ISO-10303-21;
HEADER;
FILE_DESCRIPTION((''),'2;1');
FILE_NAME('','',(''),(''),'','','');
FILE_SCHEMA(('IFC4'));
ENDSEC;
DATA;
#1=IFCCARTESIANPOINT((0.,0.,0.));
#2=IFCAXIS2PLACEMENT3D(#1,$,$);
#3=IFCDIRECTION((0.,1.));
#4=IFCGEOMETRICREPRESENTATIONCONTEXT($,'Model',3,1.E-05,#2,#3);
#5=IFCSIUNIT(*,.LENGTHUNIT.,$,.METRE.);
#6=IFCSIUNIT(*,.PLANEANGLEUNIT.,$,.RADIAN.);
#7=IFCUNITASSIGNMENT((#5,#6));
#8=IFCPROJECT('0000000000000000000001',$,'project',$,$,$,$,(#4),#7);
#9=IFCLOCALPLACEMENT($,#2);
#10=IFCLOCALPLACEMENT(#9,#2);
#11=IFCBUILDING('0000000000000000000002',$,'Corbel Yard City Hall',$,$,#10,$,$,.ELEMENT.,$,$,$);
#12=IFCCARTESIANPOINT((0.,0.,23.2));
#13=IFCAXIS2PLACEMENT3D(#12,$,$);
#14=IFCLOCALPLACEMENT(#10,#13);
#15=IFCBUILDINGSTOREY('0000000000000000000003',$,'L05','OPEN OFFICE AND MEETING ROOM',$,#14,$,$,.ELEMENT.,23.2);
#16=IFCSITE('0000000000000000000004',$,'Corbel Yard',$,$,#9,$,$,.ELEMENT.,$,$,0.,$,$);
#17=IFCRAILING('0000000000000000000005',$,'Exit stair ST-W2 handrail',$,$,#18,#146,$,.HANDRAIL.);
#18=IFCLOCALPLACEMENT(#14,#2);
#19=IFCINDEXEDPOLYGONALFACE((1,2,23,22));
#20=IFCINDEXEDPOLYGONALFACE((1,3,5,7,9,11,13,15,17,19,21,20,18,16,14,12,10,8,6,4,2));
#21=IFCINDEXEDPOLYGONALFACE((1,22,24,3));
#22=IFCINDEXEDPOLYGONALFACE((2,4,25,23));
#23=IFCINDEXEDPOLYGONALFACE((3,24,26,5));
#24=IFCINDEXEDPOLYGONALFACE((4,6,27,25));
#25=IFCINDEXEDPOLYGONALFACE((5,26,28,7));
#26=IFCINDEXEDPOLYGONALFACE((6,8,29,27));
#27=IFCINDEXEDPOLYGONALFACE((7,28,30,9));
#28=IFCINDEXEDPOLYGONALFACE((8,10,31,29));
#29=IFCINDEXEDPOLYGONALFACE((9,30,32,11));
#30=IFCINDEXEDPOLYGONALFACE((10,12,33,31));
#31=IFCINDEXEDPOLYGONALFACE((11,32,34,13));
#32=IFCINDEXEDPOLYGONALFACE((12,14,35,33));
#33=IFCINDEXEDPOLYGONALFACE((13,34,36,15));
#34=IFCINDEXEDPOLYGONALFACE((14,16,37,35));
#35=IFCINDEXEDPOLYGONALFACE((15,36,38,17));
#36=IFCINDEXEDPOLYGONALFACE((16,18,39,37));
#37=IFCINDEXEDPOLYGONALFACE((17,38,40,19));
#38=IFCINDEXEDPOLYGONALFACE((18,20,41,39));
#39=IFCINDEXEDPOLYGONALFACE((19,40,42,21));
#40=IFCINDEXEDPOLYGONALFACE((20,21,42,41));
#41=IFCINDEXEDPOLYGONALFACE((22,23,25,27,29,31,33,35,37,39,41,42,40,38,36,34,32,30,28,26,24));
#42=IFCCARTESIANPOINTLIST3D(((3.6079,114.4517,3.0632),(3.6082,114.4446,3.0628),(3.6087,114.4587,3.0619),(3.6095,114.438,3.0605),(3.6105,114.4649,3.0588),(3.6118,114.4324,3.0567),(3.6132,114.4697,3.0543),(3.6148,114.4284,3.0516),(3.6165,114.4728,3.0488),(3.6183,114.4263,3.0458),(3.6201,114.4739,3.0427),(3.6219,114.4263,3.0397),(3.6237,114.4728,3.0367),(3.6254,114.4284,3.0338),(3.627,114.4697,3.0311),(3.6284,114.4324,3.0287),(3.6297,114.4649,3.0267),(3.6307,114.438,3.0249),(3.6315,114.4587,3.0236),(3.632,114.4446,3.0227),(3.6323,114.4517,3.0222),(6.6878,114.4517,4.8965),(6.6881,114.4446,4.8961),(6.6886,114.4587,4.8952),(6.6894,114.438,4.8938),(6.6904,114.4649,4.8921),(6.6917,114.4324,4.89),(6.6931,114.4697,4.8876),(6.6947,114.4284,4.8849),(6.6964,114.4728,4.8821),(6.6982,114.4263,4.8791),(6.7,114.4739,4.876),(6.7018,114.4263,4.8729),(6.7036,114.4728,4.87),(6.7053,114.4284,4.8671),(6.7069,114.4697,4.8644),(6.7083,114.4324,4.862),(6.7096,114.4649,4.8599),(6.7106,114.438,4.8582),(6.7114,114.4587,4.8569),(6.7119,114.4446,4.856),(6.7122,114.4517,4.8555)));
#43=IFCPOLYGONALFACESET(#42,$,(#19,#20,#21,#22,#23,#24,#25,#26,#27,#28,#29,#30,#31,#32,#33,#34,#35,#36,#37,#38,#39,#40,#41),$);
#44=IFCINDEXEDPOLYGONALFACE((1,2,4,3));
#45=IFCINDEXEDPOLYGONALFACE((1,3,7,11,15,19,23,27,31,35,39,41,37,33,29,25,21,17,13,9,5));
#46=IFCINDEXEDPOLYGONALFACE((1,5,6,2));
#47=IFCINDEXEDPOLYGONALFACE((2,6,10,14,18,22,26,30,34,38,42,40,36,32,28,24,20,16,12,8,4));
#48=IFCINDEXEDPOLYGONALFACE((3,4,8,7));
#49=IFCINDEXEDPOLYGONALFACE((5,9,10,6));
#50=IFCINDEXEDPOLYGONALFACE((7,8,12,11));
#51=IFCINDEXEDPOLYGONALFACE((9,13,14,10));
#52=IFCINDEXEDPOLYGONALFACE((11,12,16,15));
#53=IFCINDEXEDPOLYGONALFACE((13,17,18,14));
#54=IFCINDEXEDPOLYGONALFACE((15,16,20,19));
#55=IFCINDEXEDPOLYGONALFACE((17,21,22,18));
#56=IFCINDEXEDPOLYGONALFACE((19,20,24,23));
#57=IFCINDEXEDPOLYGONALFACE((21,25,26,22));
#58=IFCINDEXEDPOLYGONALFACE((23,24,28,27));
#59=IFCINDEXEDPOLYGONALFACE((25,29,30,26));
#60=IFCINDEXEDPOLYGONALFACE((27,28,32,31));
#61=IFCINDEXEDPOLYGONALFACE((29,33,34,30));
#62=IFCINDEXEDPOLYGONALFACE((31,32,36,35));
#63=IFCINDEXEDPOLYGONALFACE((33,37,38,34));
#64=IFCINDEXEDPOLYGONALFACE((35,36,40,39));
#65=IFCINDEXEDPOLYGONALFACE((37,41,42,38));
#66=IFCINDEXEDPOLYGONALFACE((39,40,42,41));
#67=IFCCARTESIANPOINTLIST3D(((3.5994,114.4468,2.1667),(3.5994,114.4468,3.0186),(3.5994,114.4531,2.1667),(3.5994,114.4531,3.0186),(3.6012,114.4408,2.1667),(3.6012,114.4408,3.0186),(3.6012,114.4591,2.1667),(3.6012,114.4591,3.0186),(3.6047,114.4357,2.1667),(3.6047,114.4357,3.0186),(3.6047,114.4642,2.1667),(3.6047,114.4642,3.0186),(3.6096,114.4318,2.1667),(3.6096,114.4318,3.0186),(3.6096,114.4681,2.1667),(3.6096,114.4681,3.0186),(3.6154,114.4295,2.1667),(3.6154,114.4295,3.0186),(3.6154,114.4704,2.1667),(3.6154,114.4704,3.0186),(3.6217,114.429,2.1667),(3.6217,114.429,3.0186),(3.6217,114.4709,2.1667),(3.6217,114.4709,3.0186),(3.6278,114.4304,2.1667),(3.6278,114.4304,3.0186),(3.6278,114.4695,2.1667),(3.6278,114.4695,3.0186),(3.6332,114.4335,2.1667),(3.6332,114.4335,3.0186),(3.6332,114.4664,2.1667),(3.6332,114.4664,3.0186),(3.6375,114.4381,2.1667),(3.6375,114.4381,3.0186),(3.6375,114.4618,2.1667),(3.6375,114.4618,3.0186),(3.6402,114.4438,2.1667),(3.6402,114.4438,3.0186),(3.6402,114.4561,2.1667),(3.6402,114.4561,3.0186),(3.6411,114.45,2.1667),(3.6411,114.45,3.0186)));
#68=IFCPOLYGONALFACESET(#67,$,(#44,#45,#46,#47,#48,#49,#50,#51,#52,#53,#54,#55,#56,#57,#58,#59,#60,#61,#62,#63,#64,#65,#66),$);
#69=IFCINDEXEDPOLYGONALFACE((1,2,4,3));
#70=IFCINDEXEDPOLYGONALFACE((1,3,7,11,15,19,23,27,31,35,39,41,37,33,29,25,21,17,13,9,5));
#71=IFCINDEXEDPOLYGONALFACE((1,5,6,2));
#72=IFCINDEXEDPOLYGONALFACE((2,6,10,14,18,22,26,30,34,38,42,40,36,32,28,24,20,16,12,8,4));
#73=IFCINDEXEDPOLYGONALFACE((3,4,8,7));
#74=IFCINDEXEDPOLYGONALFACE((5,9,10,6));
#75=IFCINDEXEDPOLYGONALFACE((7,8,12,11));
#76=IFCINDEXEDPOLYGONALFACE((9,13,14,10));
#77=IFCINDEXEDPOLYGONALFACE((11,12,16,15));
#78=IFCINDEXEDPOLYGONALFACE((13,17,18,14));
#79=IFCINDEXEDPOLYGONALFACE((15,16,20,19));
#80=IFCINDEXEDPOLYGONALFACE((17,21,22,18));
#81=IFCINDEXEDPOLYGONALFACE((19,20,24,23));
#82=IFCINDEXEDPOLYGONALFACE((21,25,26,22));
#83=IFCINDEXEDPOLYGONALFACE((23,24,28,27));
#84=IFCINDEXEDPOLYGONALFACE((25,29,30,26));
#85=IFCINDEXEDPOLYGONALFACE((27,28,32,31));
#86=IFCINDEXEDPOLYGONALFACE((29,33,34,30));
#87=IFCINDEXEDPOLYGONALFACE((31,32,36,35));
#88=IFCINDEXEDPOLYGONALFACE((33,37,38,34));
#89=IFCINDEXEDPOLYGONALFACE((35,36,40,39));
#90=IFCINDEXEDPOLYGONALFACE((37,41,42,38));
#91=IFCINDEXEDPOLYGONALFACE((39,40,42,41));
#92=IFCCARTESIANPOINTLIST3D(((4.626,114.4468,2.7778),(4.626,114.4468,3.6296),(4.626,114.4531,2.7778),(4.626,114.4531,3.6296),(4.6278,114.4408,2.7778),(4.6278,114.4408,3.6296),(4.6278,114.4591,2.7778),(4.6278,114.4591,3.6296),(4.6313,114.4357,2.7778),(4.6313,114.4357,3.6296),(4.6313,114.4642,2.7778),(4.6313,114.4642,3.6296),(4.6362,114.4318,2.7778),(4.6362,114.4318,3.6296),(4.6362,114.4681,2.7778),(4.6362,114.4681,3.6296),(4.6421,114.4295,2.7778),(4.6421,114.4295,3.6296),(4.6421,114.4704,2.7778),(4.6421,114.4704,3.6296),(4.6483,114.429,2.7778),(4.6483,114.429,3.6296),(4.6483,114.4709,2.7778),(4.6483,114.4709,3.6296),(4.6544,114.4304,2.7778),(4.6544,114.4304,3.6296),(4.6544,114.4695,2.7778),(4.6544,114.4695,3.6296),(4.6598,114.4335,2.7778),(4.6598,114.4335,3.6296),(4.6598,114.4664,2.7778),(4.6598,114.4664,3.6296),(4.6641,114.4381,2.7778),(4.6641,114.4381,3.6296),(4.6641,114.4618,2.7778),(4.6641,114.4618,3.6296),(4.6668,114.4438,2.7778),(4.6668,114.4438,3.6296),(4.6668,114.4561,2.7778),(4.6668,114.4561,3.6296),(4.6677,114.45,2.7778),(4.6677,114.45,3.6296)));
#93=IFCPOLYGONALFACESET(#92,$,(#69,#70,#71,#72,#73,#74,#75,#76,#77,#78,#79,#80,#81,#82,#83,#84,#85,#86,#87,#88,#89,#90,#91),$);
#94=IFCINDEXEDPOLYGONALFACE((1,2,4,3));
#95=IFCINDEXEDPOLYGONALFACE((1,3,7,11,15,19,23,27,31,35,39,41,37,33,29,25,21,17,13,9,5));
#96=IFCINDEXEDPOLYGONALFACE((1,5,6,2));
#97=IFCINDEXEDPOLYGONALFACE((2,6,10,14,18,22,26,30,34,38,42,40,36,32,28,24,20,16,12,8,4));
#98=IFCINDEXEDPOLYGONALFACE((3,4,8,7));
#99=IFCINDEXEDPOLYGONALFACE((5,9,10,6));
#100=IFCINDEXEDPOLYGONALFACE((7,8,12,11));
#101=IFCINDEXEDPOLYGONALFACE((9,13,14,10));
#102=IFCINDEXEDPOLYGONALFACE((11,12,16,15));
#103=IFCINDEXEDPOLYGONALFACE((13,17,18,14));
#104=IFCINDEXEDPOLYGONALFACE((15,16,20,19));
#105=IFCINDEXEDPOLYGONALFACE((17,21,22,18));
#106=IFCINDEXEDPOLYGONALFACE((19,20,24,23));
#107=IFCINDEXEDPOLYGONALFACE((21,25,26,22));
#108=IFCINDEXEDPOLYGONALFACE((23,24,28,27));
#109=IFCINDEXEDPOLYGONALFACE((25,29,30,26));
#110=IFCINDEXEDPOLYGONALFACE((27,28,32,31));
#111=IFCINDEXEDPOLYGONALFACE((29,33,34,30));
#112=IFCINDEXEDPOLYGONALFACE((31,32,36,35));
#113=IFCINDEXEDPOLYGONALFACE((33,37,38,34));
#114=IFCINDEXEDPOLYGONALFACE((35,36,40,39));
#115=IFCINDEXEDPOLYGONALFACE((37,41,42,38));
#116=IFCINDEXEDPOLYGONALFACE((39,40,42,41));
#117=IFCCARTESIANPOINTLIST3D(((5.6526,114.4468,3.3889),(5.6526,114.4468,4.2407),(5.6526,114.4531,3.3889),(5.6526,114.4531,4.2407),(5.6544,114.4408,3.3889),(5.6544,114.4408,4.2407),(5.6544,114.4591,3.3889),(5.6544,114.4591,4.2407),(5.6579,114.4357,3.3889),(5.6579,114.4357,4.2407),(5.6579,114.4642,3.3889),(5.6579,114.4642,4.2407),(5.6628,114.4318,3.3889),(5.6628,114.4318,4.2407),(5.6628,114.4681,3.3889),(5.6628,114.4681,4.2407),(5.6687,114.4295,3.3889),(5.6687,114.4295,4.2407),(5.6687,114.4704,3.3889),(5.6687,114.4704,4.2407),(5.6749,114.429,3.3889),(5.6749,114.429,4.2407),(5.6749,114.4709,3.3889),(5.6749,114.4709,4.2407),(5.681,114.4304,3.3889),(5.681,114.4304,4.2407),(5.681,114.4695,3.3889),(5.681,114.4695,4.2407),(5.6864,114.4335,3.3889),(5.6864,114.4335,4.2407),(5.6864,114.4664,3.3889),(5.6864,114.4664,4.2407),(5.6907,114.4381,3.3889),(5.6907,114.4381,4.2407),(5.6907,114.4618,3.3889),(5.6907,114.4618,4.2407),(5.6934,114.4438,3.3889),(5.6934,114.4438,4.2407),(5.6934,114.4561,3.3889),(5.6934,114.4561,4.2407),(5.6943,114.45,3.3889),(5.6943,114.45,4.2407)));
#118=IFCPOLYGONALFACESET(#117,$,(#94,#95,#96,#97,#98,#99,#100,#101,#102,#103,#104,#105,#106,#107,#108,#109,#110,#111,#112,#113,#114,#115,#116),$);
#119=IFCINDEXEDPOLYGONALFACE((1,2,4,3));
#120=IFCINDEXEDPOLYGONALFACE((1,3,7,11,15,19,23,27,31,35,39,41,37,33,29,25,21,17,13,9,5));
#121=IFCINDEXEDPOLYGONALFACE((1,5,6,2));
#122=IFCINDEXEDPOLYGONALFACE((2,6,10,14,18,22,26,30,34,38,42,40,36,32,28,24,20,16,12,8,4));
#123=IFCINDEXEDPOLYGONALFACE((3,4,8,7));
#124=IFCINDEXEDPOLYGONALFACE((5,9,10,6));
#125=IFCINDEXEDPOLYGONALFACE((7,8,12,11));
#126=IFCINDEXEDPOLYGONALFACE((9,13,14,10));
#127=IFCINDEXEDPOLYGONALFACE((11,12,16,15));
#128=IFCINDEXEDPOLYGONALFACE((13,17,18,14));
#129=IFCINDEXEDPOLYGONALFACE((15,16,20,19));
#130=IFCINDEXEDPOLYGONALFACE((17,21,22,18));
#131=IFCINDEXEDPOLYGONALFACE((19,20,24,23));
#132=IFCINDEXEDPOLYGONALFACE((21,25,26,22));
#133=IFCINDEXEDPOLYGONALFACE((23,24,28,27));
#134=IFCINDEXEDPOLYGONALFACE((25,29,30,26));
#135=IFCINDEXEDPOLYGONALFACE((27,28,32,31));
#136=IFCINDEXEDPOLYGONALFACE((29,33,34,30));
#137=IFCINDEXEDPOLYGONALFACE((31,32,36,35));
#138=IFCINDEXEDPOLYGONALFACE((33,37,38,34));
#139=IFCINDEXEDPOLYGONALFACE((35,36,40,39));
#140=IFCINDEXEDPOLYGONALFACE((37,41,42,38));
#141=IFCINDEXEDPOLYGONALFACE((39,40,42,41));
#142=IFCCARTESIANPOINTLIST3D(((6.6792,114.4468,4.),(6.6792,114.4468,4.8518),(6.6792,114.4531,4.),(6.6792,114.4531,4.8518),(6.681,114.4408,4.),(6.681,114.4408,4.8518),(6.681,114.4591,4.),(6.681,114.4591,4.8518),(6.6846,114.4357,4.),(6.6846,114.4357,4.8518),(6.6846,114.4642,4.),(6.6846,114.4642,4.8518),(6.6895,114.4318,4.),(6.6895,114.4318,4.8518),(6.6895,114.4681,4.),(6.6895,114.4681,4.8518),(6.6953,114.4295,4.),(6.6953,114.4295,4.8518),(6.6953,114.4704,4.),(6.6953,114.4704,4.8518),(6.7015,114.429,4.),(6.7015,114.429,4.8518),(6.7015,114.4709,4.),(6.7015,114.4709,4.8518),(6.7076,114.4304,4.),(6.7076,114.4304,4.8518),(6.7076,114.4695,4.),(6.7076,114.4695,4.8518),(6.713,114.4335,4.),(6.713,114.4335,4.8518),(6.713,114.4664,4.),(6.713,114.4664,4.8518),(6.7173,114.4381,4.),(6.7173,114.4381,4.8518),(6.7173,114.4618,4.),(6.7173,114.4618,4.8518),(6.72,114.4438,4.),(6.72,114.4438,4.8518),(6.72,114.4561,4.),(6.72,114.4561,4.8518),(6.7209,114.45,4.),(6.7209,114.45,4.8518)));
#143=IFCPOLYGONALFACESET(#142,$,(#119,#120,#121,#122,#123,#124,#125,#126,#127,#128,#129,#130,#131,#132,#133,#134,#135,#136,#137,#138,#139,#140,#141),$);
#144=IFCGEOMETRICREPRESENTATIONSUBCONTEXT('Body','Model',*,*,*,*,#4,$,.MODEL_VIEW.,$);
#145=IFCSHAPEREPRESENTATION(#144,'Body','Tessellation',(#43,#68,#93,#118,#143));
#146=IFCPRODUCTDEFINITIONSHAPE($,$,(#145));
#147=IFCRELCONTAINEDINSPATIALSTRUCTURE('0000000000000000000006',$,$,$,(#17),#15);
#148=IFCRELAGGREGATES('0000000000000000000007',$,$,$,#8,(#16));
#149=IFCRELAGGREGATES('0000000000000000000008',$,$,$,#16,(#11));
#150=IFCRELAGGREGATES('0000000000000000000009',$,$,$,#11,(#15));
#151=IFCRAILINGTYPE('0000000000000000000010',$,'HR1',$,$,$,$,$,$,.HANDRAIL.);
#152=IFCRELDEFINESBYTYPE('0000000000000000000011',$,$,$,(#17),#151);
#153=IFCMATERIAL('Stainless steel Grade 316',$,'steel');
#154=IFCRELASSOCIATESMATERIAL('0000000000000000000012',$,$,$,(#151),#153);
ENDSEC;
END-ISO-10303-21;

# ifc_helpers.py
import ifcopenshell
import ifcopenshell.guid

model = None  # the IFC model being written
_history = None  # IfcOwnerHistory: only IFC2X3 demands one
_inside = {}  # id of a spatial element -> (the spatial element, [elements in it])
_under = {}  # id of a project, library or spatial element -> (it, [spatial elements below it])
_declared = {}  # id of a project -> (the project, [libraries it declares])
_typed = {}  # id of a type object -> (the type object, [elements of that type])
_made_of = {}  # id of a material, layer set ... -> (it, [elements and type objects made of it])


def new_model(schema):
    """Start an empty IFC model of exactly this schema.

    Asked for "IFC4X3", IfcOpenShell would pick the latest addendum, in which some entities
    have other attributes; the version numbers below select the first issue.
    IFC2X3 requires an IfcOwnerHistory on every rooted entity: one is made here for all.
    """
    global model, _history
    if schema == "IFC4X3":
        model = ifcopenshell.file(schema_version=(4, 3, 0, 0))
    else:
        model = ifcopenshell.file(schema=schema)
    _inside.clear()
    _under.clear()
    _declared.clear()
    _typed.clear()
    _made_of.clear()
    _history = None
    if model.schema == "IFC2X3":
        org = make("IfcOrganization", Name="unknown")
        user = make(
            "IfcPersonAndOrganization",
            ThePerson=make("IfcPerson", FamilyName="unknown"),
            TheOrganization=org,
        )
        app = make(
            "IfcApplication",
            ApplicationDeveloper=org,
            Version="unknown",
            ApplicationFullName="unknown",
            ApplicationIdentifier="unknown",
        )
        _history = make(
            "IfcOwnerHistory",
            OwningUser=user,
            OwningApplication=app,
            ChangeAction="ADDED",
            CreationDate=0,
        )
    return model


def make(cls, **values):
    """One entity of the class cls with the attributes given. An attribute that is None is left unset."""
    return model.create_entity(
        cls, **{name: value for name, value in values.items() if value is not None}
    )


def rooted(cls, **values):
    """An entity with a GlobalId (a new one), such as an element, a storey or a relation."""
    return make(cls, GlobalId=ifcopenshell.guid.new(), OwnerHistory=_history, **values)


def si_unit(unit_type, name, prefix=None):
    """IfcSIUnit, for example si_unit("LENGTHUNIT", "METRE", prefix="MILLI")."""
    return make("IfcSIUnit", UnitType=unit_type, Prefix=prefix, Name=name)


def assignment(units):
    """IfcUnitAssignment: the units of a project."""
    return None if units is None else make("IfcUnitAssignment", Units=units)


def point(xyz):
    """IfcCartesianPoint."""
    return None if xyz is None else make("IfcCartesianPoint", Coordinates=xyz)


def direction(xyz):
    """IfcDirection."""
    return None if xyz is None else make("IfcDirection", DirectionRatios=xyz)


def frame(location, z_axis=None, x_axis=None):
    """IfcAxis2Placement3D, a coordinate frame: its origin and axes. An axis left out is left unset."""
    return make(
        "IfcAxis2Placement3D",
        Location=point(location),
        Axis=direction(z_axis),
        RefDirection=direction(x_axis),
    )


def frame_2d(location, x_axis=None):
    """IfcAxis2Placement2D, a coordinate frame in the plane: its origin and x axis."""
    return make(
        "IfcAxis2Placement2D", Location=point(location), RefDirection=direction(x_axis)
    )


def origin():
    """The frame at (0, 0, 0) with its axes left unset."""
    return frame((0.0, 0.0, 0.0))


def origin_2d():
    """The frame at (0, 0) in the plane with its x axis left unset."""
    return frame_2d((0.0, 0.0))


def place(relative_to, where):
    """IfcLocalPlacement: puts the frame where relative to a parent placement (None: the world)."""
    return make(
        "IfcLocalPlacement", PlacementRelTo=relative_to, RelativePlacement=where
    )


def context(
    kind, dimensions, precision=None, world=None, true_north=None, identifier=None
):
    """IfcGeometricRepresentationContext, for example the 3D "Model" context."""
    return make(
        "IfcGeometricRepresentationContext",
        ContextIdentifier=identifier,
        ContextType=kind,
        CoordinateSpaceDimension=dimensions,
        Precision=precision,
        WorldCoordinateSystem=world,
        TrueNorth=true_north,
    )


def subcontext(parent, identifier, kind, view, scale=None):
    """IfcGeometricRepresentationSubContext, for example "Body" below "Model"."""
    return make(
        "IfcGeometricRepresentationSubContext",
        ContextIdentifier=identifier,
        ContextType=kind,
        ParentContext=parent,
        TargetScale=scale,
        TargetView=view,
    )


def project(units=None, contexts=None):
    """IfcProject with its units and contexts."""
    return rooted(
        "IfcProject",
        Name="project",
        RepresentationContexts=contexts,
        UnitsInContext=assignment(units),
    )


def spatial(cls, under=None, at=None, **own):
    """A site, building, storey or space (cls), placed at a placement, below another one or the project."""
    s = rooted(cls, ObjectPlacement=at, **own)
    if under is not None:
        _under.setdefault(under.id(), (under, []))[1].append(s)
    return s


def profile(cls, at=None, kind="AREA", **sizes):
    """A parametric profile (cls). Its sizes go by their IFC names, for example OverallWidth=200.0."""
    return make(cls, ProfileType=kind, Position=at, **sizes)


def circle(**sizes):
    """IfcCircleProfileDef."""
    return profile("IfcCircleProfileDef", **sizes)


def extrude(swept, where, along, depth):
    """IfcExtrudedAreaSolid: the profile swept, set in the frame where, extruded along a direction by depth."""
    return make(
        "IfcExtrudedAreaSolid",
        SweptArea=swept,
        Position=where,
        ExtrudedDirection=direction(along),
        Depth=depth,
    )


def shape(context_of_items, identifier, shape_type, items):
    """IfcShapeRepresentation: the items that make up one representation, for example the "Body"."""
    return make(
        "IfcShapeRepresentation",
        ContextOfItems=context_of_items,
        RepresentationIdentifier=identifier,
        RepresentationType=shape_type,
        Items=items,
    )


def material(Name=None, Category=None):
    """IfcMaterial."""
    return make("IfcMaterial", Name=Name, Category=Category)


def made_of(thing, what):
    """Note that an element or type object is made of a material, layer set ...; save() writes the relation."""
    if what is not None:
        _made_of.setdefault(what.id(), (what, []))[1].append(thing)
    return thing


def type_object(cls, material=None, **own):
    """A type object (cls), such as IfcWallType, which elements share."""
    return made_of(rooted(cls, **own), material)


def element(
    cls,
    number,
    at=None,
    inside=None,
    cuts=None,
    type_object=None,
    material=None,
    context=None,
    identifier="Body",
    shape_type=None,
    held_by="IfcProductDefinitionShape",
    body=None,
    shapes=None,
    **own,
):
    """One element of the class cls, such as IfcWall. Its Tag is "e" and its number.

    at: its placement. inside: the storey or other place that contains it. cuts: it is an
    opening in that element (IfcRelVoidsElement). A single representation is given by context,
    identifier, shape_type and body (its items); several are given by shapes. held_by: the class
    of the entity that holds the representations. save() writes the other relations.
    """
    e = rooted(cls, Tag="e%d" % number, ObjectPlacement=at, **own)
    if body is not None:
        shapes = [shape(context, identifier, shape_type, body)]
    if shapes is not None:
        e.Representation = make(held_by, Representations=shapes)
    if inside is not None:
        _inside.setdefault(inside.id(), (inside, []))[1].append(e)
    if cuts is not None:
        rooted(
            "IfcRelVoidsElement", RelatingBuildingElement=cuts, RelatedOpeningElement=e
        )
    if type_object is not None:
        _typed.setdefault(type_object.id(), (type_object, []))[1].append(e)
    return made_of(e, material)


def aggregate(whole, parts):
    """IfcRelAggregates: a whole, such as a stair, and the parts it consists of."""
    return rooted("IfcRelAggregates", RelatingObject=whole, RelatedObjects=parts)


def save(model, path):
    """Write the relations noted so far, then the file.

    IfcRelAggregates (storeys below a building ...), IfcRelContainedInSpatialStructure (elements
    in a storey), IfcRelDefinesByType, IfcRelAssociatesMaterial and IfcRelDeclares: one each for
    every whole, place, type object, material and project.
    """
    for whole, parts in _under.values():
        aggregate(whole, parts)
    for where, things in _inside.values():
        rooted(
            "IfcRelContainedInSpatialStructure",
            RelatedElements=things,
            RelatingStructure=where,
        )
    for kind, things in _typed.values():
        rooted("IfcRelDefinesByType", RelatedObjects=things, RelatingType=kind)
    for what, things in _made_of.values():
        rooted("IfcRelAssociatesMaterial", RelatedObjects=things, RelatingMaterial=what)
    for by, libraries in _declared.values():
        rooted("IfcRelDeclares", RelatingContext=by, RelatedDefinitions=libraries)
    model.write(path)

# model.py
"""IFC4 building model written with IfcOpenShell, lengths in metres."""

from ifc_helpers import new_model, si_unit, direction, frame, origin, origin_2d, place, context, subcontext, project, spatial, circle, extrude, material, type_object, element, save


model = new_model("IFC4")

# Units and contexts
model_context = context("Model", 3, precision=1e-05, world=origin(), true_north=direction((0.0, 1.0)))
body_context = subcontext(model_context, "Body", "Model", "MODEL_VIEW")
ifc_project = project(units=[si_unit("LENGTHUNIT", "METRE"), si_unit("PLANEANGLEUNIT", "RADIAN")], contexts=[model_context])

# Site, building, storey
site_placement = place(None, origin())
site = spatial("IfcSite", under=ifc_project, at=site_placement, Name="Corbel Yard", CompositionType="ELEMENT", RefElevation=0.0)
building_placement = place(site_placement, origin())
building = spatial("IfcBuilding", under=site, at=building_placement, Name="Corbel Yard City Hall", CompositionType="ELEMENT")
storey_placement = place(building_placement, frame((0.0, 0.0, 23.2)))
storey = spatial("IfcBuildingStorey", under=building, at=storey_placement, Name="L05", Description="OPEN OFFICE AND MEETING ROOM", CompositionType="ELEMENT", Elevation=23.2)

# Shared definitions
ifc_material_1 = material(Name="Stainless steel Grade 316", Category="steel")

# Railing
railing_type = type_object("IfcRailingType", Name="HR1", PredefinedType="HANDRAIL", material=ifc_material_1)
for number, where, name in (
    (1, (3.6201, 114.45, 2.1667), "Exit stair ST-W2 handrail"),
):
    element("IfcRailing", number, at=place(storey_placement, frame(where)), inside=storey, type_object=railing_type, Name=name, PredefinedType="HANDRAIL", context=body_context, shape_type="SweptSolid", body=[
        extrude(circle(Radius=0.0239, at=origin_2d()), frame((0.0, 0.0, 0.876), z_axis=(0.859291, 0.0, 0.511487), x_axis=(0.0, 1.0, 0.0)), (0.0, 0.0, 1.0), 3.5842),
        extrude(circle(Radius=0.021, at=origin_2d()), origin(), (0.0, 0.0, 1.0), 0.8518),
        extrude(circle(Radius=0.021, at=origin_2d()), frame((1.0266, 0.0, 0.6111)), (0.0, 0.0, 1.0), 0.8518),
        extrude(circle(Radius=0.021, at=origin_2d()), frame((2.0532, 0.0, 1.2222)), (0.0, 0.0, 1.0), 0.8518),
        extrude(circle(Radius=0.021, at=origin_2d()), frame((3.0798, 0.0, 1.8333)), (0.0, 0.0, 1.0), 0.8518),
    ])

save(model, "model.ifc")
